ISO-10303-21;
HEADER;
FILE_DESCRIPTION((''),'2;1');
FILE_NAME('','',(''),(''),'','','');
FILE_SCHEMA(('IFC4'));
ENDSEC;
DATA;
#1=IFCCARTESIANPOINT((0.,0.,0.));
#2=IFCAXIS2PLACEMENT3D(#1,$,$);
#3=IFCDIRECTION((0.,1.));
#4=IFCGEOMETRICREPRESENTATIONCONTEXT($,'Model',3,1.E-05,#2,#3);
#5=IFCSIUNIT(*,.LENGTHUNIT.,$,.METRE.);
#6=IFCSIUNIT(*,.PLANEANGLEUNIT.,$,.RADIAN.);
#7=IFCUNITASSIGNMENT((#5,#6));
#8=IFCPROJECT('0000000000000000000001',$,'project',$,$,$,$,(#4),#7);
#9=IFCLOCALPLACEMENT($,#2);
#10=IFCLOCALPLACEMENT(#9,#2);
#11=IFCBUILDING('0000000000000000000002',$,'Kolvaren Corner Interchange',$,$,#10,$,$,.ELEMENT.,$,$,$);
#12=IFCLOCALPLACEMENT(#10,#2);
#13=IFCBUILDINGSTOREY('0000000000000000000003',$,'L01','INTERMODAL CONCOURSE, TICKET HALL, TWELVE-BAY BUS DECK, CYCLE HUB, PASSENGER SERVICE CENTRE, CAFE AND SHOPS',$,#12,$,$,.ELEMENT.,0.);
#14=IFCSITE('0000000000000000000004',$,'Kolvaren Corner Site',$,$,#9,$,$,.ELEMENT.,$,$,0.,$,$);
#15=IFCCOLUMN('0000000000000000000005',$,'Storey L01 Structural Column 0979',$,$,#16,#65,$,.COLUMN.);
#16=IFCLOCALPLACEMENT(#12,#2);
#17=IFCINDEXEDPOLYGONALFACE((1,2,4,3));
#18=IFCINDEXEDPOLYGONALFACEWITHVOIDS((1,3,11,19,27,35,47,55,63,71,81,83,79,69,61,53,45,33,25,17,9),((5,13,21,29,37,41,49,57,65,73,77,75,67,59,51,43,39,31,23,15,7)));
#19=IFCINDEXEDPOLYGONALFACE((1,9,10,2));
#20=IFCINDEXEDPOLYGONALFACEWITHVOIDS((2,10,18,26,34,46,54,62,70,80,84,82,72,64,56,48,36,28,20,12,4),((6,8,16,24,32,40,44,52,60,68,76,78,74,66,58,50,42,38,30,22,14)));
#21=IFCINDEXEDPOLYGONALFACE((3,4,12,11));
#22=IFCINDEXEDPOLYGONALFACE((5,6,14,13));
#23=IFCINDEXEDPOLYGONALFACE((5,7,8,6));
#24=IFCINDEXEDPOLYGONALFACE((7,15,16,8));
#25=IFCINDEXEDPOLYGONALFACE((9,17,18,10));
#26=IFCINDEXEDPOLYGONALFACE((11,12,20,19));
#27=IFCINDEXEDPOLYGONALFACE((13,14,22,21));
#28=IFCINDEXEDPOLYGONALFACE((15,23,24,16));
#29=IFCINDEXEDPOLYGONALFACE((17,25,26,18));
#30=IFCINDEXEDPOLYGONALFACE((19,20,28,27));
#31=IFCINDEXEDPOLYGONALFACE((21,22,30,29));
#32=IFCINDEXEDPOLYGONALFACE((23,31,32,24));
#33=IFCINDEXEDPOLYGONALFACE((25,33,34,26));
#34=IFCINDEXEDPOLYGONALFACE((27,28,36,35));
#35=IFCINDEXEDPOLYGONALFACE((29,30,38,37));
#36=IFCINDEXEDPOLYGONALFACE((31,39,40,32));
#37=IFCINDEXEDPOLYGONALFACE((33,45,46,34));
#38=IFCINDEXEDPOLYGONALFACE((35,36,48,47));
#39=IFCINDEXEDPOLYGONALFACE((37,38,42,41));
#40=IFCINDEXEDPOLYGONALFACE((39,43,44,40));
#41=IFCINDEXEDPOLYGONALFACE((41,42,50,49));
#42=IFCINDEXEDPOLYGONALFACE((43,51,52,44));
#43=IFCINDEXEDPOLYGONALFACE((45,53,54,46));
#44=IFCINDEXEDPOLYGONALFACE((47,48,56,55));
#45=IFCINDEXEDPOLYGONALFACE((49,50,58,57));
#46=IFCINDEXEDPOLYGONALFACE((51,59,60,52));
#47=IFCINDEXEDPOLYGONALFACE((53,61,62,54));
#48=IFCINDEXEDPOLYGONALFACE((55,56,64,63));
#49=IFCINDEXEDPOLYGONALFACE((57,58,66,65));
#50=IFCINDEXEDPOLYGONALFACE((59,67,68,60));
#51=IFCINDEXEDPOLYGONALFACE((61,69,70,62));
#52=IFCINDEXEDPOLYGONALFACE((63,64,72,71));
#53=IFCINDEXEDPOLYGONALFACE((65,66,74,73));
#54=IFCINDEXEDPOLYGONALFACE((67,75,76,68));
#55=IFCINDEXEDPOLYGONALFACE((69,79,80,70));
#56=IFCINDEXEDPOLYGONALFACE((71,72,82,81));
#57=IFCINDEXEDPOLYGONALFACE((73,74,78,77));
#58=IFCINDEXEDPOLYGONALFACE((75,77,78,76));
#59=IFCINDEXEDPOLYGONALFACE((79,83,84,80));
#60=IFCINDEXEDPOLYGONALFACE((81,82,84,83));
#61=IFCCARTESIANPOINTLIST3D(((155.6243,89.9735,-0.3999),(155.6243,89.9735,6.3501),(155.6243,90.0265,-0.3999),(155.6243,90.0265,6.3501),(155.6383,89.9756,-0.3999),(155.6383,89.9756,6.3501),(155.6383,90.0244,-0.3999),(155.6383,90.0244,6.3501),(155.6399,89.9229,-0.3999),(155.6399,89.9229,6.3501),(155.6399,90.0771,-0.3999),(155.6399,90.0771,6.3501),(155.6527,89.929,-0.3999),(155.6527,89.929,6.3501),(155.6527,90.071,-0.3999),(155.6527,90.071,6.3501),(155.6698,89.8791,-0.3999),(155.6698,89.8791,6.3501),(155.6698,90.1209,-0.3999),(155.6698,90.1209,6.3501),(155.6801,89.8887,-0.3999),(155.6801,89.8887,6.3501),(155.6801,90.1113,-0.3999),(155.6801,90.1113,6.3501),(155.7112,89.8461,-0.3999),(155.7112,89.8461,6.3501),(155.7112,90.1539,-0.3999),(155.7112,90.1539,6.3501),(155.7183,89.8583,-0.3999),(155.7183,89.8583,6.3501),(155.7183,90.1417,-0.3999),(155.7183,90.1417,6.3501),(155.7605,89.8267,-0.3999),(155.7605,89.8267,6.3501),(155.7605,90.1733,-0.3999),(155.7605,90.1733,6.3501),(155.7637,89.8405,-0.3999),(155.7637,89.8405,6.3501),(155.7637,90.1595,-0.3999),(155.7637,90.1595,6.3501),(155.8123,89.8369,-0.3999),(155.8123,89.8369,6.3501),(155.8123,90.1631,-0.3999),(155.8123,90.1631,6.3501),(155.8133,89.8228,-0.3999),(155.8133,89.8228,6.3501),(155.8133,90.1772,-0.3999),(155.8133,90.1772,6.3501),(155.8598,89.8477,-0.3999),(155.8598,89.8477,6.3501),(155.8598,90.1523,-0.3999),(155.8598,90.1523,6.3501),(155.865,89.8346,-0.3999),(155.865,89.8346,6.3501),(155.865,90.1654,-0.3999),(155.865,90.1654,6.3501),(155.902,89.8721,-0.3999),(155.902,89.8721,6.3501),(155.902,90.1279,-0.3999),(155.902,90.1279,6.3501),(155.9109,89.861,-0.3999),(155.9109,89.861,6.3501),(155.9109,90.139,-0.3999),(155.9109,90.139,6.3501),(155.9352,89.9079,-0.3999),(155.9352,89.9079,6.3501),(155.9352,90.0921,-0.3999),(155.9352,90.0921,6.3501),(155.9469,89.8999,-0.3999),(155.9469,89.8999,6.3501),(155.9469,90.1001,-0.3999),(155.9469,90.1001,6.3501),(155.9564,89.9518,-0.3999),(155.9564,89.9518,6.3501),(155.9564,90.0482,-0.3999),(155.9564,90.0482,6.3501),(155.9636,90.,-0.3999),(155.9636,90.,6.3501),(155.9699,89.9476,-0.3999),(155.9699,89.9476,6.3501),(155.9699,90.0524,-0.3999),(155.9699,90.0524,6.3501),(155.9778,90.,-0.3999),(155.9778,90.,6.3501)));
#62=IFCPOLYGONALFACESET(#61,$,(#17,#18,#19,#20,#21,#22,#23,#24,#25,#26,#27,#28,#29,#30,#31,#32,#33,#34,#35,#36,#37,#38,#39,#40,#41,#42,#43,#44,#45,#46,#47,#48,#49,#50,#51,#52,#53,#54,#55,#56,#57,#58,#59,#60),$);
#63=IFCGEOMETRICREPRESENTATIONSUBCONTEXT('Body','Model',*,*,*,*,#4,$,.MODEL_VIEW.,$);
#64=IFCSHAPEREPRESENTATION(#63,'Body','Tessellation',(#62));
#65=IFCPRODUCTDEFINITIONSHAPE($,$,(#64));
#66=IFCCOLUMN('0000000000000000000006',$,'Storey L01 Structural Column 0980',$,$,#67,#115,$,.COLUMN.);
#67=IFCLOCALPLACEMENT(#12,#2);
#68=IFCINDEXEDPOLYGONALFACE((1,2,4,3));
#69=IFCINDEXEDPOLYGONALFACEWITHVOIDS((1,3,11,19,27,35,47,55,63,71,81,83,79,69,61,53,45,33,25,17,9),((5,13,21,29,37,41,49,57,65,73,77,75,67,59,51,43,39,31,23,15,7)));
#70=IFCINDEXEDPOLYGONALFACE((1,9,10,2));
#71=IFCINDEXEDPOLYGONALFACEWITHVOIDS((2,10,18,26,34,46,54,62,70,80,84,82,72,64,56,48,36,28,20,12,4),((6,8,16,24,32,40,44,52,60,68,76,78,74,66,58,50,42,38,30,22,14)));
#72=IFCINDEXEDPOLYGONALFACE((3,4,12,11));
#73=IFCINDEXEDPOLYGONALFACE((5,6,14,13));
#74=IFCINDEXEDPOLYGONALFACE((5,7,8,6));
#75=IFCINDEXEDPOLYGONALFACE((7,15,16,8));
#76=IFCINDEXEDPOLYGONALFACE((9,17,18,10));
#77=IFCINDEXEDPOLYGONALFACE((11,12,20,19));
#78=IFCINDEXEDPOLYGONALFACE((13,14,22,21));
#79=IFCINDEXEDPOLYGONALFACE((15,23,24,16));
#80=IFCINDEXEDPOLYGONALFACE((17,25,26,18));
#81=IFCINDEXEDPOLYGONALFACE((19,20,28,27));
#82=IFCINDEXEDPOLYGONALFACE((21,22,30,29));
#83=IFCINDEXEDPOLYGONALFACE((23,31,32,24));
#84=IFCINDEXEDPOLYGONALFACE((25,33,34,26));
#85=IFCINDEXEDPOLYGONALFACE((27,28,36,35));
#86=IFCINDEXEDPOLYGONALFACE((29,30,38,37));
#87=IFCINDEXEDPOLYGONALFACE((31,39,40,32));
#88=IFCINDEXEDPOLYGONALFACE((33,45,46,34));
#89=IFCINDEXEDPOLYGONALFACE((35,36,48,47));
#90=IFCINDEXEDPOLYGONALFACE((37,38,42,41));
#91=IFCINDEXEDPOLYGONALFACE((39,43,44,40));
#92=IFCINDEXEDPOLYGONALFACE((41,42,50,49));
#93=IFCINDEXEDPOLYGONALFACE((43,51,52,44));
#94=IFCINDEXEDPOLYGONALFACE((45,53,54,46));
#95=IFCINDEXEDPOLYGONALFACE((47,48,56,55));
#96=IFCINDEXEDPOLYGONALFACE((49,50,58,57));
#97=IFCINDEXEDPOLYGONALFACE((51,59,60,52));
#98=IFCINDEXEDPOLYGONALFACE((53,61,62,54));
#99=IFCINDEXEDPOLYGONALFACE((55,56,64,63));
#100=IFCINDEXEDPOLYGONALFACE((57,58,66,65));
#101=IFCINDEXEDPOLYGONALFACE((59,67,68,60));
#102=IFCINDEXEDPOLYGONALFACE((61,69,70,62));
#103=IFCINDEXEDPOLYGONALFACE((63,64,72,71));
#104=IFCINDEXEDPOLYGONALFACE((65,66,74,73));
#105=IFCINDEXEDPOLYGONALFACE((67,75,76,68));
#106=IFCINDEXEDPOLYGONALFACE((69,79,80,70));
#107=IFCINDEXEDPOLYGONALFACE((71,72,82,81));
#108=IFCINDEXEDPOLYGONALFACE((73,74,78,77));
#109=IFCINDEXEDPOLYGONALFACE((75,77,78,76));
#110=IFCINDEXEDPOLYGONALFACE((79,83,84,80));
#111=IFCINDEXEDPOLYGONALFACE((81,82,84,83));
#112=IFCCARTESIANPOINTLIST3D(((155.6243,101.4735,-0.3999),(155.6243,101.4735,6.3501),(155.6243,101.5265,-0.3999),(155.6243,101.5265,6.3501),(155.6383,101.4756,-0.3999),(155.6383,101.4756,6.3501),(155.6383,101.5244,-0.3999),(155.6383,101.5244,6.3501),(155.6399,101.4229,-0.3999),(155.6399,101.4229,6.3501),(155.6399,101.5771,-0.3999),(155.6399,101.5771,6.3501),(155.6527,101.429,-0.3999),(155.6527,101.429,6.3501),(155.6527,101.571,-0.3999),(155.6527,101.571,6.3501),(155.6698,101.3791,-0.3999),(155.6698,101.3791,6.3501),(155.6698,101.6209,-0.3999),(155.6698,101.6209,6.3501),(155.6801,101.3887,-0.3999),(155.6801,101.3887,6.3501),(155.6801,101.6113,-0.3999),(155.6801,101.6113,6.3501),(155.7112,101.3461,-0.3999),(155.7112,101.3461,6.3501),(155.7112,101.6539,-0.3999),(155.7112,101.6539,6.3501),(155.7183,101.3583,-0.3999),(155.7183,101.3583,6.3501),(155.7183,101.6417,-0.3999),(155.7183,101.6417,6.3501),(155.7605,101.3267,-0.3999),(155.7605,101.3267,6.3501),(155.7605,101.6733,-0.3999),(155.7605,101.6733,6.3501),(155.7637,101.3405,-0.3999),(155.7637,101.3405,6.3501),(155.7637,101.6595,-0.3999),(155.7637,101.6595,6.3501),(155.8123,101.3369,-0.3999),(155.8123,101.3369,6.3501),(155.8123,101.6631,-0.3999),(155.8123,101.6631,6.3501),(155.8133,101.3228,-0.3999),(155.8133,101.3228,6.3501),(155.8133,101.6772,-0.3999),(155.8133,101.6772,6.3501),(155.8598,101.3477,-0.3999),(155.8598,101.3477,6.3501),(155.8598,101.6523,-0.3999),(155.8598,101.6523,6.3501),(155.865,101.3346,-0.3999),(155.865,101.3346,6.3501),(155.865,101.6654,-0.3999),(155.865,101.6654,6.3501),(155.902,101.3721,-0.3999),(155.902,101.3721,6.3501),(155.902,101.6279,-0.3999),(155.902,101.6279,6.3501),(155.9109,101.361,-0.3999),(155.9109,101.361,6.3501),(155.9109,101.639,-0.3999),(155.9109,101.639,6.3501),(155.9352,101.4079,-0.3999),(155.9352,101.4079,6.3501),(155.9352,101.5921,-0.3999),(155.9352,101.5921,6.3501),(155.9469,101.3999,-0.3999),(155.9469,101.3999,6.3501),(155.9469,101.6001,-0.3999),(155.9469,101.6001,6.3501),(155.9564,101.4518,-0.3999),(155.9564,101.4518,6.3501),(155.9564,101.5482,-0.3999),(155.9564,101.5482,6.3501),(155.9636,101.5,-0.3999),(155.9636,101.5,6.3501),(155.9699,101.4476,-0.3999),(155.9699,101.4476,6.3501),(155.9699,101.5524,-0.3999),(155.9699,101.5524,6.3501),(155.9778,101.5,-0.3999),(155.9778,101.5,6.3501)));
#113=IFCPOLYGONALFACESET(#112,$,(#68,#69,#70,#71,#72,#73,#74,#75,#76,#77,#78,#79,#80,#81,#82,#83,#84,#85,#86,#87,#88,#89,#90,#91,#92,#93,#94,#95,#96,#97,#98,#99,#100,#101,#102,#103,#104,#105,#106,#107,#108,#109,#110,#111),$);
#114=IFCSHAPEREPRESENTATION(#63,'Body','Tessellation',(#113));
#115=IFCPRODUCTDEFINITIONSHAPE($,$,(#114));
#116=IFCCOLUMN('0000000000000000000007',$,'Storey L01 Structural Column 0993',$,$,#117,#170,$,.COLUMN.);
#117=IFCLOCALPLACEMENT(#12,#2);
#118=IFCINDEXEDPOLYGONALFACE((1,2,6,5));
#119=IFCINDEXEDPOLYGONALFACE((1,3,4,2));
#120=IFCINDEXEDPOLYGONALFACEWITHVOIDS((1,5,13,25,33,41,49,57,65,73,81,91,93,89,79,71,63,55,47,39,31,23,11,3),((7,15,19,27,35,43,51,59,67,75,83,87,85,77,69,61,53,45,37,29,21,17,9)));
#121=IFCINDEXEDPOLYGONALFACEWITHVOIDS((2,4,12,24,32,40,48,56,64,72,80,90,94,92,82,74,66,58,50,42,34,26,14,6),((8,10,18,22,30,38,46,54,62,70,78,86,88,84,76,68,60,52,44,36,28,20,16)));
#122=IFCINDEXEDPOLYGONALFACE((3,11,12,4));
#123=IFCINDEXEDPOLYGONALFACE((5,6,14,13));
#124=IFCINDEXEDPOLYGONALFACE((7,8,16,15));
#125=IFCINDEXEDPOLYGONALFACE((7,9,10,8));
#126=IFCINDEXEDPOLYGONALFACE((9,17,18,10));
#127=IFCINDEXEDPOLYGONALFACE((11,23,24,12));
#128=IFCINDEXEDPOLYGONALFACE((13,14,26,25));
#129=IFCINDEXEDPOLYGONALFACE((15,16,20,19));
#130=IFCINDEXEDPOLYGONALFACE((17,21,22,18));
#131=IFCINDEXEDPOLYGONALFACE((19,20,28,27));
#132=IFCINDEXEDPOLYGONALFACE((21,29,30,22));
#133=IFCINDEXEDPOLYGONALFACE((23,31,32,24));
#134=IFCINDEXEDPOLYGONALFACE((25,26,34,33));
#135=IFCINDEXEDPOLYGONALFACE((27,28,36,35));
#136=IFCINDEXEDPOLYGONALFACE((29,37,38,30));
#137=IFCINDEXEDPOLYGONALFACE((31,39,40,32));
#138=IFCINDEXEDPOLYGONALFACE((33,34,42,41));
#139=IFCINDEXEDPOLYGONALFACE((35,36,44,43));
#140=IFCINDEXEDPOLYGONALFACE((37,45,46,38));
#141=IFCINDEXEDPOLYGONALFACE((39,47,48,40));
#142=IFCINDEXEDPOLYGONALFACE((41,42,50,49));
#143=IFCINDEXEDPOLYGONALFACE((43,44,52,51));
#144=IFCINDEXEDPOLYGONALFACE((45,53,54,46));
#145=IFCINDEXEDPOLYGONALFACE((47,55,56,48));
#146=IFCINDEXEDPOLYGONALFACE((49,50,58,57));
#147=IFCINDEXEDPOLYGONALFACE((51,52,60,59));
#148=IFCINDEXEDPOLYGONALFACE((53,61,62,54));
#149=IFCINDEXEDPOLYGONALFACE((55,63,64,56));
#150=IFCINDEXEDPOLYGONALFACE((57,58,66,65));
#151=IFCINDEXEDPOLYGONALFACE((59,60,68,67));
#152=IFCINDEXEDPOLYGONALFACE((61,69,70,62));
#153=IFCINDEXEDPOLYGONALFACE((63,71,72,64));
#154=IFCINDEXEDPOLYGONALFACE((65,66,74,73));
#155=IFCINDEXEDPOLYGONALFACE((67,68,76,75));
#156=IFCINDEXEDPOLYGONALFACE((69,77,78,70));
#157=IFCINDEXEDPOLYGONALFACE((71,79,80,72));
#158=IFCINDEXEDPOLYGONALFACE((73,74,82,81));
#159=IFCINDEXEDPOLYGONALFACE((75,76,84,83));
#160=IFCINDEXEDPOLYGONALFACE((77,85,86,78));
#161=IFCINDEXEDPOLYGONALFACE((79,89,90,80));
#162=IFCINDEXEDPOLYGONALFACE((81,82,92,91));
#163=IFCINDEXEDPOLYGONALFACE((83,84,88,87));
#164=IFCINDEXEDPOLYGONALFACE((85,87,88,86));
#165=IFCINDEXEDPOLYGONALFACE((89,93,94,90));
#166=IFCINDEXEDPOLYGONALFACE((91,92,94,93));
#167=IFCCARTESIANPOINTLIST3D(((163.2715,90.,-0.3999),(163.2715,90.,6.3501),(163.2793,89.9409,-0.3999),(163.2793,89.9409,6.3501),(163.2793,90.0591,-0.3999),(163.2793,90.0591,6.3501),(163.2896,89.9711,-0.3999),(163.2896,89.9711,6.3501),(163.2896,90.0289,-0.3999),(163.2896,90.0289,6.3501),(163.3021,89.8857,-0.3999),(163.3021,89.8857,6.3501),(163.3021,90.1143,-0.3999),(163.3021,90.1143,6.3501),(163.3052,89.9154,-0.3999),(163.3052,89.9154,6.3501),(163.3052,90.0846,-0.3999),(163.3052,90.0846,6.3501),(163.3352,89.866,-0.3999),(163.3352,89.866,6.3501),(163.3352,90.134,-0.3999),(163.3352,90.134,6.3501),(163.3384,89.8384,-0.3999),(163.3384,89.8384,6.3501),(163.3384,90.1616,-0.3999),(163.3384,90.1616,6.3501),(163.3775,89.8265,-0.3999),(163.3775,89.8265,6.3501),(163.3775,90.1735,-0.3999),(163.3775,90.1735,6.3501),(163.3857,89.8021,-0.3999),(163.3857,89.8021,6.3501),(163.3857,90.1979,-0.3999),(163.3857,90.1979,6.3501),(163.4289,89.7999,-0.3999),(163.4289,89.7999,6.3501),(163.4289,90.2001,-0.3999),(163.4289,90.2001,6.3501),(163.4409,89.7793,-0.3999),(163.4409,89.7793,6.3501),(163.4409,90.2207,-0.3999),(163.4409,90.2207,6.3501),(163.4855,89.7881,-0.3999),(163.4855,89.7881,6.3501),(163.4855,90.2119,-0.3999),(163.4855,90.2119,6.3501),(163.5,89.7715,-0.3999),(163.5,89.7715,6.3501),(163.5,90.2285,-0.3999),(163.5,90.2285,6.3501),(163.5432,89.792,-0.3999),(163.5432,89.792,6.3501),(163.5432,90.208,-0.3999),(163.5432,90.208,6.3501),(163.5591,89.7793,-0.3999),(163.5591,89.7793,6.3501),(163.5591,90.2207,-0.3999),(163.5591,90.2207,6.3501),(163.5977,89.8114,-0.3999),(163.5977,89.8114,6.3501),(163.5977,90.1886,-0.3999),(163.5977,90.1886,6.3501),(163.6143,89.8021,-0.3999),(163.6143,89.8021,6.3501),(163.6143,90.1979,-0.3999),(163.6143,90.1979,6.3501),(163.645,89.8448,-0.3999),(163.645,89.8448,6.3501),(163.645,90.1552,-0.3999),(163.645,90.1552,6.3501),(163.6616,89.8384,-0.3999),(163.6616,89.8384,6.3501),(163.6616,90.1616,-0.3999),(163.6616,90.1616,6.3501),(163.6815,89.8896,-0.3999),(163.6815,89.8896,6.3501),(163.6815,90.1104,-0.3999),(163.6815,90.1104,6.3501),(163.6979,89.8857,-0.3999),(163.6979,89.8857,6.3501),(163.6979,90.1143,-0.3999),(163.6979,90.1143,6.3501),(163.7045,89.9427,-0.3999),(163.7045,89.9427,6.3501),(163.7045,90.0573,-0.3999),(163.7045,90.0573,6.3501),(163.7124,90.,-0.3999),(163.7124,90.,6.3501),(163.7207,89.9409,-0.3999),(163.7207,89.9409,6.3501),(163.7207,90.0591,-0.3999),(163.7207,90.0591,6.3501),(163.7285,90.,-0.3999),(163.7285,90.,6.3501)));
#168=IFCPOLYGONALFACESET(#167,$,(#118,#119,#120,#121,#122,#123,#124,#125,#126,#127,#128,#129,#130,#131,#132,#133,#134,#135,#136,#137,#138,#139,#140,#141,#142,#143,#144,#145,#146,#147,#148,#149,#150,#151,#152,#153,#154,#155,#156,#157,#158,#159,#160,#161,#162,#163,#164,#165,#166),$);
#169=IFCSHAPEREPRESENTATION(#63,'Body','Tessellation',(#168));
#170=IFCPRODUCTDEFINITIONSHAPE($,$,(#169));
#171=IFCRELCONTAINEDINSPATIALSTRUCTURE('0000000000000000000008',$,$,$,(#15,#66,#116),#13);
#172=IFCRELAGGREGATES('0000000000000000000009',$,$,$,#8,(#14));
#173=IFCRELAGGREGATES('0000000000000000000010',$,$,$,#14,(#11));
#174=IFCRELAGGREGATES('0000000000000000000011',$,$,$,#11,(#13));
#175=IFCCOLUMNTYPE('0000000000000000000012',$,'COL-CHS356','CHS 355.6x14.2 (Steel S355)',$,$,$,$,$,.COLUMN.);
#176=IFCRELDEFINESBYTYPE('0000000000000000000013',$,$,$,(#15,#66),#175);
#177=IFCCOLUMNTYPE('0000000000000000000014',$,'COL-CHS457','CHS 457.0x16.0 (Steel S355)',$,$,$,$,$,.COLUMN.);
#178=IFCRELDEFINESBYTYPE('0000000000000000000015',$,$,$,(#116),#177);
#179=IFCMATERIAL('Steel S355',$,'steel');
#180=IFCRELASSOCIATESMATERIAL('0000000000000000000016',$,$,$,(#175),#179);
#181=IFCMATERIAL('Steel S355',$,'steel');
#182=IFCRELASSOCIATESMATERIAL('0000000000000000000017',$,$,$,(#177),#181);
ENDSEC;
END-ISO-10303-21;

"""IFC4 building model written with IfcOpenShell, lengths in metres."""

from ifc_helpers import new_model, si_unit, direction, frame, origin, origin_2d, place, context, subcontext, project, spatial, hollow_circle, extrude, material, material_profile, profile_set, type_object, element, save


model = new_model("IFC4")

# Units and contexts
model_context = context("Model", 3, precision=1e-05, world=origin(), true_north=direction((0.0, 1.0)))
body_context = subcontext(model_context, "Body", "Model", "MODEL_VIEW")
ifc_project = project(units=[si_unit("LENGTHUNIT", "METRE"), si_unit("PLANEANGLEUNIT", "RADIAN")], contexts=[model_context])

# Site, building, storey
site_placement = place(None, origin())
site = spatial("IfcSite", under=ifc_project, at=site_placement, Name="Kolvaren Corner Site", CompositionType="ELEMENT", RefElevation=0.0)
building_placement = place(site_placement, origin())
building = spatial("IfcBuilding", under=site, at=building_placement, Name="Kolvaren Corner Interchange", CompositionType="ELEMENT")
storey_placement = place(building_placement, origin())
storey = spatial("IfcBuildingStorey", under=building, at=storey_placement, Name="L01", Description="INTERMODAL CONCOURSE, TICKET HALL, TWELVE-BAY BUS DECK, CYCLE HUB, PASSENGER SERVICE CENTRE, CAFE AND SHOPS", CompositionType="ELEMENT", Elevation=0.0)

# Columns
ifc_material_1 = material(Name="Steel S355", Category="steel")
ifc_material_profile_1 = material_profile(ifc_material_1, hollow_circle(Radius=0.1777, WallThickness=0.0142, at=origin_2d()), Name="CHS 355.6x14.2")
ifc_profile_set_1 = profile_set([ifc_material_profile_1], Name="Steel S355")
column_type_1 = type_object("IfcColumnType", Name="COL-CHS356", Description="CHS 355.6x14.2 (Steel S355)", PredefinedType="COLUMN", material=ifc_profile_set_1)
for number, where, z_axis, x_axis, name in (
    (1, (155.8, 90.0, -0.3999), (0.0, 0.0, 1.0), (1.0, 0.0, 0.0), "Storey L01 Structural Column 0979"),
    (2, (155.8, 101.5, -0.3999), (0.0, 0.0, 1.0), (1.0, 0.0, 0.0), "Storey L01 Structural Column 0980"),
):
    element("IfcColumn", number, at=place(storey_placement, frame(where, z_axis=z_axis, x_axis=x_axis)), inside=storey, type_object=column_type_1, Name=name, PredefinedType="COLUMN", context=body_context, shape_type="SweptSolid", body=[
        extrude(hollow_circle(Radius=0.1777, WallThickness=0.0142, at=origin_2d()), origin(), (0.0, 0.0, 1.0), 6.75),
    ])
ifc_material_2 = material(Name="Steel S355", Category="steel")
ifc_material_profile_2 = material_profile(ifc_material_2, hollow_circle(Radius=0.2285, WallThickness=0.0161, at=origin_2d()), Name="CHS 457.0x16.0")
ifc_profile_set_2 = profile_set([ifc_material_profile_2], Name="Steel S355")
column_type_2 = type_object("IfcColumnType", Name="COL-CHS457", Description="CHS 457.0x16.0 (Steel S355)", PredefinedType="COLUMN", material=ifc_profile_set_2)
column_placement = place(storey_placement, frame((163.5, 90.0, -0.3999), z_axis=(0.0, 0.0, 1.0), x_axis=(1.0, 0.0, 0.0)))
element("IfcColumn", 3, at=column_placement, inside=storey, type_object=column_type_2, Name="Storey L01 Structural Column 0993", PredefinedType="COLUMN", context=body_context, shape_type="SweptSolid", body=[
    extrude(hollow_circle(Radius=0.2285, WallThickness=0.0161, at=origin_2d()), origin(), (0.0, 0.0, 1.0), 6.75),
])

save(model, "model.ifc")
